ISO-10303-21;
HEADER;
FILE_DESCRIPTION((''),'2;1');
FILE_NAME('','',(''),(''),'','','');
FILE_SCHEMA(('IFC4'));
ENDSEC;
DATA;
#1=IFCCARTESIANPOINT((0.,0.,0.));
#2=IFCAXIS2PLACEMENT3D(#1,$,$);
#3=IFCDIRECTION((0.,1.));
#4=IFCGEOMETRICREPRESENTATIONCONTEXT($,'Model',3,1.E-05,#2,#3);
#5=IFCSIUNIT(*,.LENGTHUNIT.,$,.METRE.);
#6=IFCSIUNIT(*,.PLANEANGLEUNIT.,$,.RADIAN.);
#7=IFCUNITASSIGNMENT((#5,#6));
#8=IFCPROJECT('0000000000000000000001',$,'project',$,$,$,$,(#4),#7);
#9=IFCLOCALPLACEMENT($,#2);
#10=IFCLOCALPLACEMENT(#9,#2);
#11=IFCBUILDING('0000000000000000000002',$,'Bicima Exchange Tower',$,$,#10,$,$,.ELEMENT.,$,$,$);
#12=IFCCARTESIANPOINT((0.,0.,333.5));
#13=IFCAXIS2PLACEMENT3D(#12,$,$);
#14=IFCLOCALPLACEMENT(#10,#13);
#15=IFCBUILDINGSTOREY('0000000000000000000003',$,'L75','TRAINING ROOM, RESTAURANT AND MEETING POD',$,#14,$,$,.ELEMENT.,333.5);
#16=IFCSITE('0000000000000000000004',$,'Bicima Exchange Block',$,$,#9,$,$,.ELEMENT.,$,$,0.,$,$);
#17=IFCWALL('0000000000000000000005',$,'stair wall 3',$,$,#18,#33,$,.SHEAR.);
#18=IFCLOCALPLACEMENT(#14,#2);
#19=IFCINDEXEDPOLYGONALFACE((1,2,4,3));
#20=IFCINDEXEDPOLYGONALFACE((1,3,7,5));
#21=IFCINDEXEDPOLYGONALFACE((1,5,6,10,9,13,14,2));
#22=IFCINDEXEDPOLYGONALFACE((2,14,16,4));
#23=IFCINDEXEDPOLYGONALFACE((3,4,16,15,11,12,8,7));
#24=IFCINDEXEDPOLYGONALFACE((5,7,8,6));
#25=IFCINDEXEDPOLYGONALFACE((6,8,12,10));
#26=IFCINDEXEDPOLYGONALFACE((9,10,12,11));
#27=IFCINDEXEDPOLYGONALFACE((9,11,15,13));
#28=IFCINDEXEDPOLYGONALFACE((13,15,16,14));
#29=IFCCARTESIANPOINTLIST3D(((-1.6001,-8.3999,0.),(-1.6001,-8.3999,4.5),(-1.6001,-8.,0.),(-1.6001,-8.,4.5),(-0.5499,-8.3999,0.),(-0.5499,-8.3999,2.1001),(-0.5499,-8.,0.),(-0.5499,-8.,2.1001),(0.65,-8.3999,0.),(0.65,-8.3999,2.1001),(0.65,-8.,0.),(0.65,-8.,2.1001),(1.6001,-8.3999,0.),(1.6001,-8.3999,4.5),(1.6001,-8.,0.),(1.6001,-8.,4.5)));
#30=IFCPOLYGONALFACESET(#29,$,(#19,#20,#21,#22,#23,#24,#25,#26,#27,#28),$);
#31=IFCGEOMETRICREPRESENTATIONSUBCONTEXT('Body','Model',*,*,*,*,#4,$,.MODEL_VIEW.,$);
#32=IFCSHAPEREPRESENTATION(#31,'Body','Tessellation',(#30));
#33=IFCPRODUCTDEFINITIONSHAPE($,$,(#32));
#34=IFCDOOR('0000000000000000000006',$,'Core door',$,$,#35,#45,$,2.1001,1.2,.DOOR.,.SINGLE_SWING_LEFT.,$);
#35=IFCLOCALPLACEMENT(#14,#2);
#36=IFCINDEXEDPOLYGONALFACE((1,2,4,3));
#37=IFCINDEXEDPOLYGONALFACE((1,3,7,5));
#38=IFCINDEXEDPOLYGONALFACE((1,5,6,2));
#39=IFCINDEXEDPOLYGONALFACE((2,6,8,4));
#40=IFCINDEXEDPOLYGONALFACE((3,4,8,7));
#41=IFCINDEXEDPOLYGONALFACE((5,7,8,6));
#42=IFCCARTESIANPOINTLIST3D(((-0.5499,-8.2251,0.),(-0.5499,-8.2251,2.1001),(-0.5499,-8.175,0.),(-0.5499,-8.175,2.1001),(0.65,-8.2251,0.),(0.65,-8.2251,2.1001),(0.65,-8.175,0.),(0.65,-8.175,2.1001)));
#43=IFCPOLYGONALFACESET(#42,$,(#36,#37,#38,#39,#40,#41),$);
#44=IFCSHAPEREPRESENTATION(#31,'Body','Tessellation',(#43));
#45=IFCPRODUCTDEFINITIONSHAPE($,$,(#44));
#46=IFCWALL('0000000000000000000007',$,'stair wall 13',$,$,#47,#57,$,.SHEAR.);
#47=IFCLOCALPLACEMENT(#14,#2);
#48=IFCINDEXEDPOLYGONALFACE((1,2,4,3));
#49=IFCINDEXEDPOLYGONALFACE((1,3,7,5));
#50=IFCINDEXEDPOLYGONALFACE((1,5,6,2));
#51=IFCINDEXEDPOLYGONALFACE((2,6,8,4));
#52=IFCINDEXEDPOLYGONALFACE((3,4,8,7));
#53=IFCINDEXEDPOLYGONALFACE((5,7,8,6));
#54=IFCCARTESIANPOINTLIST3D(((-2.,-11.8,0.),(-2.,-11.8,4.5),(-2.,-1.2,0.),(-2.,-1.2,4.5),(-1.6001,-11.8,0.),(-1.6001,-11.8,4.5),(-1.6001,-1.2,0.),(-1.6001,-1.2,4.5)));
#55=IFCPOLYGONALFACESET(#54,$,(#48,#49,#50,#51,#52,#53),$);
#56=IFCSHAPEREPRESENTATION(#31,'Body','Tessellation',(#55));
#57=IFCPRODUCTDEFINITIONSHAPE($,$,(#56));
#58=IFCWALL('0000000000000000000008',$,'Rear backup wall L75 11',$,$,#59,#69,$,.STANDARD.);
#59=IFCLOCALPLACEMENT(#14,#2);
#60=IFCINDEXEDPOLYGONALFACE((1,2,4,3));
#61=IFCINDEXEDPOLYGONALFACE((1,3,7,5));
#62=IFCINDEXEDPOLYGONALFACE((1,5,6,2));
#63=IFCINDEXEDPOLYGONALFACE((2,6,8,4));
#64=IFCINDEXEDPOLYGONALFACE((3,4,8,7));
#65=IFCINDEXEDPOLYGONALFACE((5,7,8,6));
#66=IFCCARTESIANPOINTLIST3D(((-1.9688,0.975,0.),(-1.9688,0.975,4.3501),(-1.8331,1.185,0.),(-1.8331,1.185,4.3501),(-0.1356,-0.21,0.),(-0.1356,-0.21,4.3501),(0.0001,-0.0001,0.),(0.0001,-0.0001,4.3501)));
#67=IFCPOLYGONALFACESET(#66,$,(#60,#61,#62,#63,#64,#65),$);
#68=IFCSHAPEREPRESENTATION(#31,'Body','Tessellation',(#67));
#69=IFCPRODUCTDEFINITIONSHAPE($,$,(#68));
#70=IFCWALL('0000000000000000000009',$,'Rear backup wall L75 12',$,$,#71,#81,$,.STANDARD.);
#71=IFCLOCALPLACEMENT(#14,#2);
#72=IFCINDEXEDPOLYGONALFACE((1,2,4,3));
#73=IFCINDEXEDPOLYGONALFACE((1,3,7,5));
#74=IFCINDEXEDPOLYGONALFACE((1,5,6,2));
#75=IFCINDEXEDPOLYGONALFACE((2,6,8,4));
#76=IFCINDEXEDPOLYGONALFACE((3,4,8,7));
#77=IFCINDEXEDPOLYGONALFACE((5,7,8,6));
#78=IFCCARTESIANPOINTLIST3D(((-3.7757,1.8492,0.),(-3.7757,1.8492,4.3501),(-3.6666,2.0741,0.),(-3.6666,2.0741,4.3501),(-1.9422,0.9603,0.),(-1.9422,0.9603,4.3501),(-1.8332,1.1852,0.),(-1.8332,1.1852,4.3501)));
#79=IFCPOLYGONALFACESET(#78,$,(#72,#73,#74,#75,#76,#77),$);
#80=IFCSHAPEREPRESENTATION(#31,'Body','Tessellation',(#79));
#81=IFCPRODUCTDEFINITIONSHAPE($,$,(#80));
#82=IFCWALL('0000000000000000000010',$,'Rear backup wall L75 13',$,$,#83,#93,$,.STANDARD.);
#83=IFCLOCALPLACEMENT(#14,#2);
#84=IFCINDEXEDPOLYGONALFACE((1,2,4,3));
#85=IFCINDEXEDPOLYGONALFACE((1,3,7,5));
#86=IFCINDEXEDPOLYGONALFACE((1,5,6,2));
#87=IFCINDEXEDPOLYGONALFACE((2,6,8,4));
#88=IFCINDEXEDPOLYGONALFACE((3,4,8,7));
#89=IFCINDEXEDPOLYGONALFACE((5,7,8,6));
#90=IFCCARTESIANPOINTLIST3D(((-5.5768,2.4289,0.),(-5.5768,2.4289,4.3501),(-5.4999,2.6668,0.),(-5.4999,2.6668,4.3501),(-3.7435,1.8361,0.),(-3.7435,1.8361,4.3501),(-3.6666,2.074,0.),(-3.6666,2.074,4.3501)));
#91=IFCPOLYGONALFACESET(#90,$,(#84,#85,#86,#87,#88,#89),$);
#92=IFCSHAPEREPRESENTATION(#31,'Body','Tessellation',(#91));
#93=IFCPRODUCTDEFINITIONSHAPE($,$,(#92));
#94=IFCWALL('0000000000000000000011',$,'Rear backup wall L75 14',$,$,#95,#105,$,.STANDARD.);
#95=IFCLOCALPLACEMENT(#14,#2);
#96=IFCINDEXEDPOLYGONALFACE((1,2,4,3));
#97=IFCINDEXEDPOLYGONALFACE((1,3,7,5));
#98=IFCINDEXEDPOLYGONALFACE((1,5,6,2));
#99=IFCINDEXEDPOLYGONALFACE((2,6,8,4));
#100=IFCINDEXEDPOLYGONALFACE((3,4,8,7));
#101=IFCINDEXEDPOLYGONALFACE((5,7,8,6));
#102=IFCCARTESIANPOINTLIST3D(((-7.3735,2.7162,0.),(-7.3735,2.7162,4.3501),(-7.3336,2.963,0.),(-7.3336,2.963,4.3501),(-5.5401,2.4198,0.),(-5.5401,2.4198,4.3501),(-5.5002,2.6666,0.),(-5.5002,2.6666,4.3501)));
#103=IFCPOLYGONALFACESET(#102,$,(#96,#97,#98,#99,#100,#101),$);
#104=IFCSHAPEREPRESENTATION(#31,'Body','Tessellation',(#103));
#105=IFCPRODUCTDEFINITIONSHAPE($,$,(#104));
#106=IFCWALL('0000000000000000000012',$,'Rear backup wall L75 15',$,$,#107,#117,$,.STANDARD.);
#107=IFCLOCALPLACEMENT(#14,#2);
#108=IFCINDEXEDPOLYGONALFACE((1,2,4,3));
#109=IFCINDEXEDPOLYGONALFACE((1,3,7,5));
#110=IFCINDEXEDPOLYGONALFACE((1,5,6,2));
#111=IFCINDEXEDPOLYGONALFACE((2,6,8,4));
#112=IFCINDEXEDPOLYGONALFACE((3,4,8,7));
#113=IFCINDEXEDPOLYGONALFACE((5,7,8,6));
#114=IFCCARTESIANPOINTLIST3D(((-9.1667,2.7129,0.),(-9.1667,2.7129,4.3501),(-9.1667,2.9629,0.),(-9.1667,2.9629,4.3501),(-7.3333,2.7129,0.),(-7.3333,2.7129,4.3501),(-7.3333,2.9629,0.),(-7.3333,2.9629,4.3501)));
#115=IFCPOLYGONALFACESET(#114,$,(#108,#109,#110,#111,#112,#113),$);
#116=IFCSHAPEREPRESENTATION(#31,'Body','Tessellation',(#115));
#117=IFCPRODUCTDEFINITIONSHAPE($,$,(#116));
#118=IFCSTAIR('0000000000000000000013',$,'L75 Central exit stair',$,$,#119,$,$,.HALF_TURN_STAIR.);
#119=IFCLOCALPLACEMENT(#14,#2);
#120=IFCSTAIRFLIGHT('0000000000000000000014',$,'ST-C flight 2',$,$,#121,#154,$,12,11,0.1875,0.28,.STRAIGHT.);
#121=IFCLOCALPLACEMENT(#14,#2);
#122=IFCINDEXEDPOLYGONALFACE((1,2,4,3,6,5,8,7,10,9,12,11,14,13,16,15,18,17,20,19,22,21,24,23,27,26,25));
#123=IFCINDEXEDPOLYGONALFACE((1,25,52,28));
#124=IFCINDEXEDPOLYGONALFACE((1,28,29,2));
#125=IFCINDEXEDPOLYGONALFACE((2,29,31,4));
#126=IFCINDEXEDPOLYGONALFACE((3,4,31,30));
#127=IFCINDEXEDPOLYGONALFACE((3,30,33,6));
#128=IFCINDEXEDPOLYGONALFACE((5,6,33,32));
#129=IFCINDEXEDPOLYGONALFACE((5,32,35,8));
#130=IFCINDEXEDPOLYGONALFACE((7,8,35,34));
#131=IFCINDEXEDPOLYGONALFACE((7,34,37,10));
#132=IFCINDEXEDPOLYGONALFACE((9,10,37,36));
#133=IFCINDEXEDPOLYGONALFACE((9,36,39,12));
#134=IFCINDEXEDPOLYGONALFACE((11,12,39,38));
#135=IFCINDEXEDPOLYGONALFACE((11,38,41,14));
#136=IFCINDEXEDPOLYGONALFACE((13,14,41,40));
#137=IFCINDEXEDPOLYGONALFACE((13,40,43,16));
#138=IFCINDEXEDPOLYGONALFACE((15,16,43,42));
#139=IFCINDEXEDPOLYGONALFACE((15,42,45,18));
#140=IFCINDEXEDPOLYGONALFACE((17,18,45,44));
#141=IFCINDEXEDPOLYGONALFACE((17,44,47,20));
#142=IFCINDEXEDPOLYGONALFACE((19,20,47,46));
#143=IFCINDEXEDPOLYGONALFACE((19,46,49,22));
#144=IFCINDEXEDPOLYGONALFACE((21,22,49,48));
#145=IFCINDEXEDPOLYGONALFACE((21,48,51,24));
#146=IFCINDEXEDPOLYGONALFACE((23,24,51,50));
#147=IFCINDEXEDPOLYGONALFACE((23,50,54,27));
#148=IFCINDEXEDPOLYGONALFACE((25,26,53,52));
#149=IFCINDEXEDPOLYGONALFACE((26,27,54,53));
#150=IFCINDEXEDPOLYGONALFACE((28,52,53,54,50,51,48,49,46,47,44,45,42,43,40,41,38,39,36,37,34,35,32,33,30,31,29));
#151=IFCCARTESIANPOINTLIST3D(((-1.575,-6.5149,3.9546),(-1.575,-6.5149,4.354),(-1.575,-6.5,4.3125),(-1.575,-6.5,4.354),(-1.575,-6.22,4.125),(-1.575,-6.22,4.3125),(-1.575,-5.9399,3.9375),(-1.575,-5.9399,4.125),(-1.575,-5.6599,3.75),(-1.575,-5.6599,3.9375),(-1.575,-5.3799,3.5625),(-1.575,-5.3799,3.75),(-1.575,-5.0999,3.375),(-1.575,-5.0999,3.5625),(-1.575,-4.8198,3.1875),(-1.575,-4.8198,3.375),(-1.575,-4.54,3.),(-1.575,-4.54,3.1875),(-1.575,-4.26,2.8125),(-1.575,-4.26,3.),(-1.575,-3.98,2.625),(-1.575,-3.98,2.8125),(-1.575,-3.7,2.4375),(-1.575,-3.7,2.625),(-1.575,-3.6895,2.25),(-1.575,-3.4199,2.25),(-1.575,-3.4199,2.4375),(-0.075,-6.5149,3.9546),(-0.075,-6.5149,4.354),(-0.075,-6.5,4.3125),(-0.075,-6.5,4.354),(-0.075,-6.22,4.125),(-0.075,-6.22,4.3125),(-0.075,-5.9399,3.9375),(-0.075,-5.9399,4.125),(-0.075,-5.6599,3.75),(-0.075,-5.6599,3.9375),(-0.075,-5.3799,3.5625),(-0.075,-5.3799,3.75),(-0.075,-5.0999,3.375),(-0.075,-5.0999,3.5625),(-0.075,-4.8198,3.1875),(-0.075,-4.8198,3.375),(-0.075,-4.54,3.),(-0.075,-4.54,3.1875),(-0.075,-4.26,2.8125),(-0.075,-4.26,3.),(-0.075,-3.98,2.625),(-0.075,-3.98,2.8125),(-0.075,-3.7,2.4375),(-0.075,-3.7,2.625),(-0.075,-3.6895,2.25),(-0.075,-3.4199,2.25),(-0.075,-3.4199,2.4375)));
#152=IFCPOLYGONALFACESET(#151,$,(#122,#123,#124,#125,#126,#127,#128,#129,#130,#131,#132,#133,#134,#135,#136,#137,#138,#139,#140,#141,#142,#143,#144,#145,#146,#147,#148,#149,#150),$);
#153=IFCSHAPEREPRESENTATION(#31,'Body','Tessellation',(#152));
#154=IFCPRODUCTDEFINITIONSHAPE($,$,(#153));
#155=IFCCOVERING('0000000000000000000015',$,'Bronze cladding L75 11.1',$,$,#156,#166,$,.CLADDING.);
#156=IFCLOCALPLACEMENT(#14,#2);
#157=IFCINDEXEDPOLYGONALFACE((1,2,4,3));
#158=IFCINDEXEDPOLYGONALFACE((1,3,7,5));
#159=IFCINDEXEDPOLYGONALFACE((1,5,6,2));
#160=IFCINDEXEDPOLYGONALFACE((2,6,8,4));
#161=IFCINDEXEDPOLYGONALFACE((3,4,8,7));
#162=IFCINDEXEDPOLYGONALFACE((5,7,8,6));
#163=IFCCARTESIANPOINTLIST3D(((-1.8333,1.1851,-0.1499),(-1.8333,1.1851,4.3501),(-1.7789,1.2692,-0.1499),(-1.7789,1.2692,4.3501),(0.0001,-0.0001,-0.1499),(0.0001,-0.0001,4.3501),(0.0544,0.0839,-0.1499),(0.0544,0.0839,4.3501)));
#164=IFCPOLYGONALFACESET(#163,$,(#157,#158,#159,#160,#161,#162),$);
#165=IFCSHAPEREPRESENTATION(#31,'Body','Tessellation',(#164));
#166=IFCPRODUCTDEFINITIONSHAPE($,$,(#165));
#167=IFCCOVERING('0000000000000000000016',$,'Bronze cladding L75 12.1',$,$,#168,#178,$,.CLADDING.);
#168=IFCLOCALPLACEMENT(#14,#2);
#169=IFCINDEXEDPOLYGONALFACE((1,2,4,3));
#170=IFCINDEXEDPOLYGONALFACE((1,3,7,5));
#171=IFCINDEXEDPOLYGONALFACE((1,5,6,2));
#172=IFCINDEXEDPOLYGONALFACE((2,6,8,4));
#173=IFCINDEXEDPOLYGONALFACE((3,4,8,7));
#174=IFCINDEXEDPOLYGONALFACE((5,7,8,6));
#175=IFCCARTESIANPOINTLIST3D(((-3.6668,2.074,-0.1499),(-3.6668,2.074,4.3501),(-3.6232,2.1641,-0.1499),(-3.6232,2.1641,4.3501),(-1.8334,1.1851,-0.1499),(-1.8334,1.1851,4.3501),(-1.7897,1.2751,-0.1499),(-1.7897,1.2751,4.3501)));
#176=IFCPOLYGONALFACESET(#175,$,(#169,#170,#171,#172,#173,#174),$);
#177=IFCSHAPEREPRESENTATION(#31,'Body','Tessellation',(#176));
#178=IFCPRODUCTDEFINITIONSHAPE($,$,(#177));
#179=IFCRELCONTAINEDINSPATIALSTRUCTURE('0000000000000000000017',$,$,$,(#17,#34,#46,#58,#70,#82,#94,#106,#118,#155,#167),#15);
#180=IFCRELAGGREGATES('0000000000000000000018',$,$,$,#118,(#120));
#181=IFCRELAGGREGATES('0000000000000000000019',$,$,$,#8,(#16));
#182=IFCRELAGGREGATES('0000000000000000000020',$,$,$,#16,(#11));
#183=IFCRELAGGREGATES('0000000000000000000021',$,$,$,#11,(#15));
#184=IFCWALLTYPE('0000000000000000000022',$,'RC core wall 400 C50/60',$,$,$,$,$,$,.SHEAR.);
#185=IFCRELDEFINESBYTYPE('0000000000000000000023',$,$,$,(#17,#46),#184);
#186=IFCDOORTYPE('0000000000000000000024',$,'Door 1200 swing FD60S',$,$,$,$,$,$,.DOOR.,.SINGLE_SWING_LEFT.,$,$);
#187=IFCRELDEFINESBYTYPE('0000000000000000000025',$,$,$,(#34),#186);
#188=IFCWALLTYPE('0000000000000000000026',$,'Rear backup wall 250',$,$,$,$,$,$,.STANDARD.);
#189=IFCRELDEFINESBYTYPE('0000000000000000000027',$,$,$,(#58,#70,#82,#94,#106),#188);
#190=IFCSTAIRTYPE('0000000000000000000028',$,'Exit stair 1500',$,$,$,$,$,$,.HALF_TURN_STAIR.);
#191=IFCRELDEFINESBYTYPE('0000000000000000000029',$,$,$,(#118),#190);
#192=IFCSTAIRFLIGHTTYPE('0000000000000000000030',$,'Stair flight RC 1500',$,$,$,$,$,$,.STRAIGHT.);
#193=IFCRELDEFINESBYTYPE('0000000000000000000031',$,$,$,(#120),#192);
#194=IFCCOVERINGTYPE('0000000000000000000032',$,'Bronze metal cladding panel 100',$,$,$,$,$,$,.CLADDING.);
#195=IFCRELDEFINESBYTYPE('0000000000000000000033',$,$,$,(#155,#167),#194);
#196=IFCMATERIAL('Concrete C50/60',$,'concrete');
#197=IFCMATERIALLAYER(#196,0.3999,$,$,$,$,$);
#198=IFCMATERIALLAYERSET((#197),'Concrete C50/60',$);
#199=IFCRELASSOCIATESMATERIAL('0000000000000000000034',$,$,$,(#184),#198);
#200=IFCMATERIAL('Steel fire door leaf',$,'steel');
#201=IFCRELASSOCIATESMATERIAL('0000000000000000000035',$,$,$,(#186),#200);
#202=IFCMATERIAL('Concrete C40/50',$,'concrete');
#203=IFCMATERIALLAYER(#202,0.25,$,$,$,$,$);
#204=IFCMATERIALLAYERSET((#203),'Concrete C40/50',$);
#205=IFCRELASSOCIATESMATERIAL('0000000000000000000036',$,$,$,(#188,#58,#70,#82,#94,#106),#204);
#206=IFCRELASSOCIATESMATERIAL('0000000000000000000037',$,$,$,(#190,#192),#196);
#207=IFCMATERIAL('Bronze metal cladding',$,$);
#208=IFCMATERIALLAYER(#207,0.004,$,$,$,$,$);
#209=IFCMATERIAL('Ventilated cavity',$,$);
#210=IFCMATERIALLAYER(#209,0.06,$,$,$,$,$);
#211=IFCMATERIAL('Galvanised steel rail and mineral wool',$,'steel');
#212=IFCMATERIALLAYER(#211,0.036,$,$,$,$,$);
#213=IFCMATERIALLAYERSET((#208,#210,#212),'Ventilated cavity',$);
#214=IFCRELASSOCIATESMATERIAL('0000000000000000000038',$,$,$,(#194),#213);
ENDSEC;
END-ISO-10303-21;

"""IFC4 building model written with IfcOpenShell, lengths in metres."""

from ifc_helpers import new_model, si_unit, direction, frame, frame_2d, origin, origin_2d, place, context, subcontext, project, spatial, polyline, rectangle, outline, extrude, material, layer, layer_set, layer_usage, type_object, element, fill, aggregate, save


model = new_model("IFC4")

# Units and contexts
model_context = context("Model", 3, precision=1e-05, world=origin(), true_north=direction((0.0, 1.0)))
body_context = subcontext(model_context, "Body", "Model", "MODEL_VIEW")
ifc_project = project(units=[si_unit("LENGTHUNIT", "METRE"), si_unit("PLANEANGLEUNIT", "RADIAN")], contexts=[model_context])

# Site, building, storey
site_placement = place(None, origin())
site = spatial("IfcSite", under=ifc_project, at=site_placement, Name="Bicima Exchange Block", CompositionType="ELEMENT", RefElevation=0.0)
building_placement = place(site_placement, origin())
building = spatial("IfcBuilding", under=site, at=building_placement, Name="Bicima Exchange Tower", CompositionType="ELEMENT")
storey_placement = place(building_placement, frame((0.0, 0.0, 333.5)))
storey = spatial("IfcBuildingStorey", under=building, at=storey_placement, Name="L75", Description="TRAINING ROOM, RESTAURANT AND MEETING POD", CompositionType="ELEMENT", Elevation=333.5)

# Wall, opening, door
ifc_material_1 = material(Name="Concrete C40/50", Category="concrete")
ifc_material_2 = material(Name="Steel fire door leaf", Category="steel")
ifc_material_3 = material(Name="Concrete C50/60", Category="concrete")
ifc_layer_1 = layer(ifc_material_3, 0.3999)
ifc_layer_set_1 = layer_set([ifc_layer_1], Name="Concrete C50/60")
wall_type_1 = type_object("IfcWallType", Name="RC core wall 400 C50/60", PredefinedType="SHEAR", material=ifc_layer_set_1)
wall_1_placement = place(storey_placement, frame((-1.6001, -8.2, 0.0), z_axis=(0.0, 0.0, 1.0), x_axis=(1.0, 0.0, 0.0)))
wall_1 = element("IfcWall", 1, at=wall_1_placement, inside=storey, type_object=wall_type_1, Name="stair wall 3", PredefinedType="SHEAR", context=body_context, shape_type="SweptSolid", body=[
    extrude(rectangle(XDim=3.2002, YDim=0.3999, at=frame_2d((1.6001, 0.0))), origin(), (0.0, 0.0, 1.0), 4.5),
])
opening_1_placement = place(wall_1_placement, frame((1.05, 0.0, 0.0)))
opening_1 = element("IfcOpeningElement", 2, at=opening_1_placement, cuts=wall_1, PredefinedType="OPENING", context=body_context, shape_type="SweptSolid", body=[
    extrude(rectangle(XDim=1.2, YDim=2.1001, at=frame_2d((0.6001, 1.05))), frame((0.0, 0.2119, 0.0), z_axis=(0.0, -1.0, 0.0), x_axis=(1.0, 0.0, 0.0)), (0.0, 0.0, 1.0), 0.4238),
])
door_type_1 = type_object("IfcDoorType", Name="Door 1200 swing FD60S", OperationType="SINGLE_SWING_LEFT", PredefinedType="DOOR", material=ifc_material_2)
door_1_placement = place(opening_1_placement, origin())
door_1 = element("IfcDoor", 3, at=door_1_placement, inside=storey, type_object=door_type_1, Name="Core door", OperationType="SINGLE_SWING_LEFT", OverallHeight=2.1001, OverallWidth=1.2, PredefinedType="DOOR", context=body_context, shape_type="SweptSolid", body=[
    extrude(rectangle(XDim=1.2, YDim=2.1001, at=frame_2d((0.6001, 1.05))), frame((0.0, 0.0249, 0.0), z_axis=(0.0, -1.0, 0.0), x_axis=(1.0, 0.0, 0.0)), (0.0, 0.0, 1.0), 0.05),
])
fill(opening_1, door_1)

# Walls
wall_2_placement = place(storey_placement, frame((-1.8, -11.8, 0.0), z_axis=(0.0, 0.0, 1.0), x_axis=(0.0, 1.0, 0.0)))
element("IfcWall", 4, at=wall_2_placement, inside=storey, type_object=wall_type_1, Name="stair wall 13", PredefinedType="SHEAR", context=body_context, shape_type="SweptSolid", body=[
    extrude(rectangle(XDim=10.6001, YDim=0.3999, at=frame_2d((5.3, 0.0))), origin(), (0.0, 0.0, 1.0), 4.5),
])
ifc_layer_2 = layer(ifc_material_1, 0.25)
ifc_layer_set_2 = layer_set([ifc_layer_2], Name="Concrete C40/50")
ifc_layer_usage = layer_usage(ifc_layer_set_2, "AXIS2", "POSITIVE", -0.125)
wall_type_2 = type_object("IfcWallType", Name="Rear backup wall 250", PredefinedType="STANDARD", material=ifc_layer_set_2)
wall_3_placement = place(storey_placement, frame((-0.0679, -0.105, 0.0), z_axis=(0.0, 0.0, 1.0), x_axis=(-0.839813, 0.542876, 0.0)))
element("IfcWall", 5, at=wall_3_placement, inside=storey, type_object=wall_type_2, material=ifc_layer_usage, Name="Rear backup wall L75 11", PredefinedType="STANDARD", context=body_context, shape_type="SweptSolid", body=[
    extrude(rectangle(XDim=2.1829, YDim=0.25, at=frame_2d((1.0913, 0.0))), origin(), (0.0, 0.0, 1.0), 4.3501),
])
wall_4_placement = place(storey_placement, frame((-1.8877, 1.0728, 0.0), z_axis=(0.0, 0.0, 1.0), x_axis=(-0.899824, 0.436253, 0.0)))
element("IfcWall", 6, at=wall_4_placement, inside=storey, type_object=wall_type_2, material=ifc_layer_usage, Name="Rear backup wall L75 12", PredefinedType="STANDARD", context=body_context, shape_type="SweptSolid", body=[
    extrude(rectangle(XDim=2.0376, YDim=0.25, at=frame_2d((1.0188, 0.0))), origin(), (0.0, 0.0, 1.0), 4.3501),
])
wall_5_placement = place(storey_placement, frame((-3.7051, 1.9551, 0.0), z_axis=(0.0, 0.0, 1.0), x_axis=(-0.951496, 0.307662, 0.0)))
element("IfcWall", 7, at=wall_5_placement, inside=storey, type_object=wall_type_2, material=ifc_layer_usage, Name="Rear backup wall L75 13", PredefinedType="STANDARD", context=body_context, shape_type="SweptSolid", body=[
    extrude(rectangle(XDim=1.9268, YDim=0.25, at=frame_2d((0.9634, 0.0))), origin(), (0.0, 0.0, 1.0), 4.3501),
])
wall_6_placement = place(storey_placement, frame((-5.52, 2.5432, 0.0), z_axis=(0.0, 0.0, 1.0), x_axis=(-0.987182, 0.1596, 0.0)))
element("IfcWall", 8, at=wall_6_placement, inside=storey, type_object=wall_type_2, material=ifc_layer_usage, Name="Rear backup wall L75 14", PredefinedType="STANDARD", context=body_context, shape_type="SweptSolid", body=[
    extrude(rectangle(XDim=1.8572, YDim=0.25, at=frame_2d((0.9287, 0.0))), origin(), (0.0, 0.0, 1.0), 4.3501),
])
wall_7_placement = place(storey_placement, frame((-7.3333, 2.8379, 0.0), z_axis=(0.0, 0.0, 1.0), x_axis=(-1.0, 0.0, 0.0)))
element("IfcWall", 9, at=wall_7_placement, inside=storey, type_object=wall_type_2, material=ifc_layer_usage, Name="Rear backup wall L75 15", PredefinedType="STANDARD", context=body_context, shape_type="SweptSolid", body=[
    extrude(rectangle(XDim=1.8335, YDim=0.25, at=frame_2d((0.9167, 0.0))), origin(), (0.0, 0.0, 1.0), 4.3501),
])

# Stair, stair flight
stair_type = type_object("IfcStairType", Name="Exit stair 1500", PredefinedType="HALF_TURN_STAIR", material=ifc_material_3)
stair_placement = place(storey_placement, origin())
stair = element("IfcStair", 10, at=stair_placement, inside=storey, type_object=stair_type, Name="L75 Central exit stair", PredefinedType="HALF_TURN_STAIR")
stair_flight_type = type_object("IfcStairFlightType", Name="Stair flight RC 1500", PredefinedType="STRAIGHT", material=ifc_material_3)
stair_flight_placement = place(storey_placement, frame((-0.825, -3.4199, 2.25), z_axis=(0.0, 0.0, 1.0), x_axis=(0.0, -1.0, 0.0)))
stair_flight = element("IfcStairFlight", 11, at=stair_flight_placement, type_object=stair_flight_type, Name="ST-C flight 2", NumberOfRisers=12, NumberOfTreads=11, PredefinedType="STRAIGHT", RiserHeight=0.1875, TreadLength=0.28, context=body_context, shape_type="SweptSolid", body=[
    extrude(outline(polyline([(0.0, 0.0), (0.0, 0.1875), (0.28, 0.1875), (0.28, 0.375), (0.5601, 0.375), (0.5601, 0.5625), (0.8401, 0.5625), (0.8401, 0.75), (1.1201, 0.75), (1.1201, 0.9375), (1.3999, 0.9375), (1.3999, 1.125), (1.6799, 1.125), (1.6799, 1.3125), (1.96, 1.3125), (1.96, 1.5), (2.24, 1.5), (2.24, 1.6875), (2.52, 1.6875), (2.52, 1.875), (2.8, 1.875), (2.8, 2.0625), (3.0801, 2.0625), (3.0801, 2.104), (3.095, 2.104), (3.095, 1.7046), (0.2695, 0.0), (0.0, 0.0)])), frame((0.0, 0.75, 0.0), z_axis=(0.0, -1.0, 0.0), x_axis=(1.0, 0.0, 0.0)), (0.0, 0.0, 1.0), 1.5),
])
aggregate(stair, [stair_flight])

# Coverings
ifc_material_4 = material(Name="Bronze metal cladding")
ifc_layer_3 = layer(ifc_material_4, 0.004)
ifc_material_5 = material(Name="Ventilated cavity")
ifc_layer_4 = layer(ifc_material_5, 0.06)
ifc_material_6 = material(Name="Galvanised steel rail and mineral wool", Category="steel")
ifc_layer_5 = layer(ifc_material_6, 0.036)
ifc_layer_set_3 = layer_set([ifc_layer_3, ifc_layer_4, ifc_layer_5], Name="Ventilated cavity")
covering_type = type_object("IfcCoveringType", Name="Bronze metal cladding panel 100", PredefinedType="CLADDING", material=ifc_layer_set_3)
covering_1_placement = place(storey_placement, frame((-0.8894, 0.6345, -0.1499), z_axis=(0.0, 0.0, 1.0), x_axis=(-0.83979, 0.542911, 0.0)))
element("IfcCovering", 12, at=covering_1_placement, inside=storey, type_object=covering_type, Name="Bronze cladding L75 11.1", PredefinedType="CLADDING", context=body_context, shape_type="SweptSolid", body=[
    extrude(rectangle(XDim=2.1831, YDim=0.1001, at=origin_2d()), origin(), (0.0, 0.0, 1.0), 4.5),
])
covering_2_placement = place(storey_placement, frame((-2.7283, 1.6746, -0.1499), z_axis=(0.0, 0.0, 1.0), x_axis=(-0.899818, 0.436265, 0.0)))
element("IfcCovering", 13, at=covering_2_placement, inside=storey, type_object=covering_type, Name="Bronze cladding L75 12.1", PredefinedType="CLADDING", context=body_context, shape_type="SweptSolid", body=[
    extrude(rectangle(XDim=2.0376, YDim=0.1001, at=origin_2d()), origin(), (0.0, 0.0, 1.0), 4.5),
])

save(model, "model.ifc")
